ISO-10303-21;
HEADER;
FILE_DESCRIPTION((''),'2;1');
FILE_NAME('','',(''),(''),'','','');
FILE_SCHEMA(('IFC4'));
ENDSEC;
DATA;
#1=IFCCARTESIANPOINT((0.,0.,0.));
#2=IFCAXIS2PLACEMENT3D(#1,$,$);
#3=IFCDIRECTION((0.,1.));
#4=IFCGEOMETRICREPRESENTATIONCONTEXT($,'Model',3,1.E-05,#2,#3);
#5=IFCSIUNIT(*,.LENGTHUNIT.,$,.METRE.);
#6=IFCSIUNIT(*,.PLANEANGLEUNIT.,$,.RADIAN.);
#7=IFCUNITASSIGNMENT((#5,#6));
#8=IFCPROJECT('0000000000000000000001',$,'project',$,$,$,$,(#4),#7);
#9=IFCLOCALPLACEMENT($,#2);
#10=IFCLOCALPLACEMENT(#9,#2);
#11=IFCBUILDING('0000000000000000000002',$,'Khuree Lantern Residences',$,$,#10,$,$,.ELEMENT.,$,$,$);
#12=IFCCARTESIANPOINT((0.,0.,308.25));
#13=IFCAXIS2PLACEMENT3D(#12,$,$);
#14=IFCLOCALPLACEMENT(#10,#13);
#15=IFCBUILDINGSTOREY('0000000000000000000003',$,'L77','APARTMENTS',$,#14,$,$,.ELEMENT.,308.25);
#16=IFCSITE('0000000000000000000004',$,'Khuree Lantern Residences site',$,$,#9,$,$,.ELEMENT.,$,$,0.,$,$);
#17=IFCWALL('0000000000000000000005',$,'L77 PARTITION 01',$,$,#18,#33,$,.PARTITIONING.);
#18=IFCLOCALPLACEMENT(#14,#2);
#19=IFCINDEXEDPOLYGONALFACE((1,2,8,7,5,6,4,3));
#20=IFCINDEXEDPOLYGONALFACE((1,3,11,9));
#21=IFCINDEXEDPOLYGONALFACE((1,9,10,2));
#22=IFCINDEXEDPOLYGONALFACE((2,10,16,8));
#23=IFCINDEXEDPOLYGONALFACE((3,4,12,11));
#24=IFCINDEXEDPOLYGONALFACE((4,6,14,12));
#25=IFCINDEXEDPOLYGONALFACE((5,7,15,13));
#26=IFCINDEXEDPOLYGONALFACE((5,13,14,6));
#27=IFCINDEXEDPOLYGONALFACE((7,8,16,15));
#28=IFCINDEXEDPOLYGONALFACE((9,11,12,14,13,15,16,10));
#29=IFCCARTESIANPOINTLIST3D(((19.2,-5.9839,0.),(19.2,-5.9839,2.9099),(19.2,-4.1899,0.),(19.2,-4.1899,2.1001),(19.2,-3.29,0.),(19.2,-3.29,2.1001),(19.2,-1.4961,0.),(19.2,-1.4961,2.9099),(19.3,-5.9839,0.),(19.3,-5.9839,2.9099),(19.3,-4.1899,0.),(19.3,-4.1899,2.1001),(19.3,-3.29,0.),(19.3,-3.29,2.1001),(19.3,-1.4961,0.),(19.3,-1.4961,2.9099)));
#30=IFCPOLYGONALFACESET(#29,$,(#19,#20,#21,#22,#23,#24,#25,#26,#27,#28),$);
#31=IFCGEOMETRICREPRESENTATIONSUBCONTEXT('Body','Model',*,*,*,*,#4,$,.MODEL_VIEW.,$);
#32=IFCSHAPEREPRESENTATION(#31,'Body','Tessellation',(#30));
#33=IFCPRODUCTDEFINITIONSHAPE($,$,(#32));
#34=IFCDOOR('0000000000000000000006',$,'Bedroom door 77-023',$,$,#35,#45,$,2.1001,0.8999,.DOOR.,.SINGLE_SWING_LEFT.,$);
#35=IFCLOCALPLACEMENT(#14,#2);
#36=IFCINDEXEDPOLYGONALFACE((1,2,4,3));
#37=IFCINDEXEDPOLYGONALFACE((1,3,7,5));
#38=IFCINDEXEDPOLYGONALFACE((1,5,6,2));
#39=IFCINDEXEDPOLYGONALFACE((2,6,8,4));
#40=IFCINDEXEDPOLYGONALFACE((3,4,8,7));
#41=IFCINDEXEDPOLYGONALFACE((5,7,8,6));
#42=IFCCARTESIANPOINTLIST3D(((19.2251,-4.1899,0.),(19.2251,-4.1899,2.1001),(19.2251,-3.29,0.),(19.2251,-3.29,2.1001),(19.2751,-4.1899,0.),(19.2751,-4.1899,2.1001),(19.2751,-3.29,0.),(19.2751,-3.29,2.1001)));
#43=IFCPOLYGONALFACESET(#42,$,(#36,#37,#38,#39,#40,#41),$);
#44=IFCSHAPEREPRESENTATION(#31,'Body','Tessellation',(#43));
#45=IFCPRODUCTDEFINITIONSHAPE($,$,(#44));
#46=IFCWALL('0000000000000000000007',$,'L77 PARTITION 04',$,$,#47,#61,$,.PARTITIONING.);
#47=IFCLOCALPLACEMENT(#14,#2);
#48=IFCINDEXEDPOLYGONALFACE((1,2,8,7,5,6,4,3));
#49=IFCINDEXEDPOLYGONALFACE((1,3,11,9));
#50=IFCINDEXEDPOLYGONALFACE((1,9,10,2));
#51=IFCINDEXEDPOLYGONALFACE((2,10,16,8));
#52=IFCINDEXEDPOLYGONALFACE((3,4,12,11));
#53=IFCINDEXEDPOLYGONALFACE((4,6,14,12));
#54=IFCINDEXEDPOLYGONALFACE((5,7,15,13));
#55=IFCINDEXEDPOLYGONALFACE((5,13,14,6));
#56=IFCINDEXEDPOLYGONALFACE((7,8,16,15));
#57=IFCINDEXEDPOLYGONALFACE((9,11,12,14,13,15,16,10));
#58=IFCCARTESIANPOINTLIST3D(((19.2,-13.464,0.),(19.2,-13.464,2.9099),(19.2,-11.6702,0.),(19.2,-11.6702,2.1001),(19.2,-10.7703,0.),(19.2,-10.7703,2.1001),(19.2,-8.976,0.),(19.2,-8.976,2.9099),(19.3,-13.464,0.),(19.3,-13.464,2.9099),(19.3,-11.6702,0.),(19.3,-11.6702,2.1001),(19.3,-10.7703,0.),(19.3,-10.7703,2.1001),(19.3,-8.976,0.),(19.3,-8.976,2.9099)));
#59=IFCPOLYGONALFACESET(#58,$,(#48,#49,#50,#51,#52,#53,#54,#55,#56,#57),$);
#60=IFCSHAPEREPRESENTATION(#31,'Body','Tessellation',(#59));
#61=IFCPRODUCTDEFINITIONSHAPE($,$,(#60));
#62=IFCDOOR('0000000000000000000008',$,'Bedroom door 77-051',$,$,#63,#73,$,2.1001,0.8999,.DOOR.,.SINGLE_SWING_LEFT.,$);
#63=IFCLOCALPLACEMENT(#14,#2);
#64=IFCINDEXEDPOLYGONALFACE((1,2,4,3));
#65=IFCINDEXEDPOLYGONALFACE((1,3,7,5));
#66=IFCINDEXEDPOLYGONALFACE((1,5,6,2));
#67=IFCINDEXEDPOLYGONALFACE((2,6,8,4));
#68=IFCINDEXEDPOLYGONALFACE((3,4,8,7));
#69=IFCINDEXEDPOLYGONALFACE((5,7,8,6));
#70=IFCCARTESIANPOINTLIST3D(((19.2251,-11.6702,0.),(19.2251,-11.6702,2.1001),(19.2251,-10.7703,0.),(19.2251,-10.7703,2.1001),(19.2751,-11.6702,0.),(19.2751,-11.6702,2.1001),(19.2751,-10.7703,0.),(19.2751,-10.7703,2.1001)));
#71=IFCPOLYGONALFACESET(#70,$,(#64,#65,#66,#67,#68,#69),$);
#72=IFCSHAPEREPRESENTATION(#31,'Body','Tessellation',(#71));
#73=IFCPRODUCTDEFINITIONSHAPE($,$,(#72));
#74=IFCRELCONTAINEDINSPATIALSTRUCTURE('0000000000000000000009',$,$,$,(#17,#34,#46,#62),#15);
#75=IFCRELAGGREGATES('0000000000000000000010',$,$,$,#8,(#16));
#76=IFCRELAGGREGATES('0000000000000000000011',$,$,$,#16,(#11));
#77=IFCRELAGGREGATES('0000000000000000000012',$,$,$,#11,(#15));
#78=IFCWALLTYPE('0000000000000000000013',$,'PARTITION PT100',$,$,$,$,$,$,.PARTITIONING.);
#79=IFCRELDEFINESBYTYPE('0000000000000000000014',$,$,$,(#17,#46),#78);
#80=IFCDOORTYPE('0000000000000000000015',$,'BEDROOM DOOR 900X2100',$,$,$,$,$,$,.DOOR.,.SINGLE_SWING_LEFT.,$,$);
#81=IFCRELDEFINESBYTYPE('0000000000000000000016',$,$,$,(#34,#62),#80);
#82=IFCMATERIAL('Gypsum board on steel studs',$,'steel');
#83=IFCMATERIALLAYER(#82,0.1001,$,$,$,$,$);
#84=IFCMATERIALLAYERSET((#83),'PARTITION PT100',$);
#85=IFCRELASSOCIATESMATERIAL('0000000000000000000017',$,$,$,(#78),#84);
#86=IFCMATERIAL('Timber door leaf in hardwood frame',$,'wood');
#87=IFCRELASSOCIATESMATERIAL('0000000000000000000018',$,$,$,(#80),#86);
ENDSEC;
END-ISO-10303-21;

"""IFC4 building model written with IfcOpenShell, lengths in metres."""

from ifc_helpers import new_model, si_unit, direction, frame, frame_2d, origin, place, context, subcontext, project, spatial, rectangle, extrude, material, layer, layer_set, type_object, element, fill, save


model = new_model("IFC4")

# Units and contexts
model_context = context("Model", 3, precision=1e-05, world=origin(), true_north=direction((0.0, 1.0)))
body_context = subcontext(model_context, "Body", "Model", "MODEL_VIEW")
ifc_project = project(units=[si_unit("LENGTHUNIT", "METRE"), si_unit("PLANEANGLEUNIT", "RADIAN")], contexts=[model_context])

# Site, building, storey
site_placement = place(None, origin())
site = spatial("IfcSite", under=ifc_project, at=site_placement, Name="Khuree Lantern Residences site", CompositionType="ELEMENT", RefElevation=0.0)
building_placement = place(site_placement, origin())
building = spatial("IfcBuilding", under=site, at=building_placement, Name="Khuree Lantern Residences", CompositionType="ELEMENT")
storey_placement = place(building_placement, frame((0.0, 0.0, 308.25)))
storey = spatial("IfcBuildingStorey", under=building, at=storey_placement, Name="L77", Description="APARTMENTS", CompositionType="ELEMENT", Elevation=308.25)

# Shared definitions
ifc_material_1 = material(Name="Gypsum board on steel studs", Category="steel")

# Shared definitions
ifc_material_2 = material(Name="Timber door leaf in hardwood frame", Category="wood")

# Shared definitions
ifc_layer_1 = layer(ifc_material_1, 0.1001)
ifc_layer_set_1 = layer_set([ifc_layer_1], Name="PARTITION PT100")
wall_type_1 = type_object("IfcWallType", Name="PARTITION PT100", PredefinedType="PARTITIONING", material=ifc_layer_set_1)

# Walls, openings, doors
wall_1_placement = place(storey_placement, frame((19.25, -5.9839, 0.0), z_axis=(0.0, 0.0, 1.0), x_axis=(0.0, 1.0, 0.0)))
wall_1 = element("IfcWall", 1, at=wall_1_placement, inside=storey, type_object=wall_type_1, Name="L77 PARTITION 01", PredefinedType="PARTITIONING", context=body_context, shape_type="SweptSolid", body=[
    extrude(rectangle(XDim=4.4878, YDim=0.1001, at=frame_2d((2.2439, 0.0))), origin(), (0.0, 0.0, 1.0), 2.9099),
])
opening_1_placement = place(wall_1_placement, frame((1.7939, 0.0, 0.0)))
opening_1 = element("IfcOpeningElement", 2, at=opening_1_placement, cuts=wall_1, PredefinedType="OPENING", context=body_context, shape_type="SweptSolid", body=[
    extrude(rectangle(XDim=0.8999, YDim=2.1001, at=frame_2d((0.45, 1.05))), frame((0.0, 0.0601, 0.0), z_axis=(0.0, -1.0, 0.0), x_axis=(1.0, 0.0, 0.0)), (0.0, 0.0, 1.0), 0.1201),
])
door_type_1 = type_object("IfcDoorType", Name="BEDROOM DOOR 900X2100", OperationType="SINGLE_SWING_LEFT", PredefinedType="DOOR", material=ifc_material_2)
door_1_placement = place(opening_1_placement, origin())
door_1 = element("IfcDoor", 3, at=door_1_placement, inside=storey, type_object=door_type_1, Name="Bedroom door 77-023", OperationType="SINGLE_SWING_LEFT", OverallHeight=2.1001, OverallWidth=0.8999, PredefinedType="DOOR", context=body_context, shape_type="SweptSolid", body=[
    extrude(rectangle(XDim=0.8999, YDim=2.1001, at=frame_2d((0.45, 1.05))), frame((0.0, 0.0249, 0.0), z_axis=(0.0, -1.0, 0.0), x_axis=(1.0, 0.0, 0.0)), (0.0, 0.0, 1.0), 0.05),
])
fill(opening_1, door_1)
wall_2_placement = place(storey_placement, frame((19.25, -13.4641, 0.0), z_axis=(0.0, 0.0, 1.0), x_axis=(0.0, 1.0, 0.0)))
wall_2 = element("IfcWall", 4, at=wall_2_placement, inside=storey, type_object=wall_type_1, Name="L77 PARTITION 04", PredefinedType="PARTITIONING", context=body_context, shape_type="SweptSolid", body=[
    extrude(rectangle(XDim=4.488, YDim=0.1001, at=frame_2d((2.2441, 0.0))), origin(), (0.0, 0.0, 1.0), 2.9099),
])
opening_2_placement = place(wall_2_placement, frame((1.7939, 0.0, 0.0)))
opening_2 = element("IfcOpeningElement", 5, at=opening_2_placement, cuts=wall_2, PredefinedType="OPENING", context=body_context, shape_type="SweptSolid", body=[
    extrude(rectangle(XDim=0.8999, YDim=2.1001, at=frame_2d((0.45, 1.05))), frame((0.0, 0.0601, 0.0), z_axis=(0.0, -1.0, 0.0), x_axis=(1.0, 0.0, 0.0)), (0.0, 0.0, 1.0), 0.1201),
])
door_2_placement = place(opening_2_placement, origin())
door_2 = element("IfcDoor", 6, at=door_2_placement, inside=storey, type_object=door_type_1, Name="Bedroom door 77-051", OperationType="SINGLE_SWING_LEFT", OverallHeight=2.1001, OverallWidth=0.8999, PredefinedType="DOOR", context=body_context, shape_type="SweptSolid", body=[
    extrude(rectangle(XDim=0.8999, YDim=2.1001, at=frame_2d((0.45, 1.05))), frame((0.0, 0.0249, 0.0), z_axis=(0.0, -1.0, 0.0), x_axis=(1.0, 0.0, 0.0)), (0.0, 0.0, 1.0), 0.05),
])
fill(opening_2, door_2)

save(model, "model.ifc")
